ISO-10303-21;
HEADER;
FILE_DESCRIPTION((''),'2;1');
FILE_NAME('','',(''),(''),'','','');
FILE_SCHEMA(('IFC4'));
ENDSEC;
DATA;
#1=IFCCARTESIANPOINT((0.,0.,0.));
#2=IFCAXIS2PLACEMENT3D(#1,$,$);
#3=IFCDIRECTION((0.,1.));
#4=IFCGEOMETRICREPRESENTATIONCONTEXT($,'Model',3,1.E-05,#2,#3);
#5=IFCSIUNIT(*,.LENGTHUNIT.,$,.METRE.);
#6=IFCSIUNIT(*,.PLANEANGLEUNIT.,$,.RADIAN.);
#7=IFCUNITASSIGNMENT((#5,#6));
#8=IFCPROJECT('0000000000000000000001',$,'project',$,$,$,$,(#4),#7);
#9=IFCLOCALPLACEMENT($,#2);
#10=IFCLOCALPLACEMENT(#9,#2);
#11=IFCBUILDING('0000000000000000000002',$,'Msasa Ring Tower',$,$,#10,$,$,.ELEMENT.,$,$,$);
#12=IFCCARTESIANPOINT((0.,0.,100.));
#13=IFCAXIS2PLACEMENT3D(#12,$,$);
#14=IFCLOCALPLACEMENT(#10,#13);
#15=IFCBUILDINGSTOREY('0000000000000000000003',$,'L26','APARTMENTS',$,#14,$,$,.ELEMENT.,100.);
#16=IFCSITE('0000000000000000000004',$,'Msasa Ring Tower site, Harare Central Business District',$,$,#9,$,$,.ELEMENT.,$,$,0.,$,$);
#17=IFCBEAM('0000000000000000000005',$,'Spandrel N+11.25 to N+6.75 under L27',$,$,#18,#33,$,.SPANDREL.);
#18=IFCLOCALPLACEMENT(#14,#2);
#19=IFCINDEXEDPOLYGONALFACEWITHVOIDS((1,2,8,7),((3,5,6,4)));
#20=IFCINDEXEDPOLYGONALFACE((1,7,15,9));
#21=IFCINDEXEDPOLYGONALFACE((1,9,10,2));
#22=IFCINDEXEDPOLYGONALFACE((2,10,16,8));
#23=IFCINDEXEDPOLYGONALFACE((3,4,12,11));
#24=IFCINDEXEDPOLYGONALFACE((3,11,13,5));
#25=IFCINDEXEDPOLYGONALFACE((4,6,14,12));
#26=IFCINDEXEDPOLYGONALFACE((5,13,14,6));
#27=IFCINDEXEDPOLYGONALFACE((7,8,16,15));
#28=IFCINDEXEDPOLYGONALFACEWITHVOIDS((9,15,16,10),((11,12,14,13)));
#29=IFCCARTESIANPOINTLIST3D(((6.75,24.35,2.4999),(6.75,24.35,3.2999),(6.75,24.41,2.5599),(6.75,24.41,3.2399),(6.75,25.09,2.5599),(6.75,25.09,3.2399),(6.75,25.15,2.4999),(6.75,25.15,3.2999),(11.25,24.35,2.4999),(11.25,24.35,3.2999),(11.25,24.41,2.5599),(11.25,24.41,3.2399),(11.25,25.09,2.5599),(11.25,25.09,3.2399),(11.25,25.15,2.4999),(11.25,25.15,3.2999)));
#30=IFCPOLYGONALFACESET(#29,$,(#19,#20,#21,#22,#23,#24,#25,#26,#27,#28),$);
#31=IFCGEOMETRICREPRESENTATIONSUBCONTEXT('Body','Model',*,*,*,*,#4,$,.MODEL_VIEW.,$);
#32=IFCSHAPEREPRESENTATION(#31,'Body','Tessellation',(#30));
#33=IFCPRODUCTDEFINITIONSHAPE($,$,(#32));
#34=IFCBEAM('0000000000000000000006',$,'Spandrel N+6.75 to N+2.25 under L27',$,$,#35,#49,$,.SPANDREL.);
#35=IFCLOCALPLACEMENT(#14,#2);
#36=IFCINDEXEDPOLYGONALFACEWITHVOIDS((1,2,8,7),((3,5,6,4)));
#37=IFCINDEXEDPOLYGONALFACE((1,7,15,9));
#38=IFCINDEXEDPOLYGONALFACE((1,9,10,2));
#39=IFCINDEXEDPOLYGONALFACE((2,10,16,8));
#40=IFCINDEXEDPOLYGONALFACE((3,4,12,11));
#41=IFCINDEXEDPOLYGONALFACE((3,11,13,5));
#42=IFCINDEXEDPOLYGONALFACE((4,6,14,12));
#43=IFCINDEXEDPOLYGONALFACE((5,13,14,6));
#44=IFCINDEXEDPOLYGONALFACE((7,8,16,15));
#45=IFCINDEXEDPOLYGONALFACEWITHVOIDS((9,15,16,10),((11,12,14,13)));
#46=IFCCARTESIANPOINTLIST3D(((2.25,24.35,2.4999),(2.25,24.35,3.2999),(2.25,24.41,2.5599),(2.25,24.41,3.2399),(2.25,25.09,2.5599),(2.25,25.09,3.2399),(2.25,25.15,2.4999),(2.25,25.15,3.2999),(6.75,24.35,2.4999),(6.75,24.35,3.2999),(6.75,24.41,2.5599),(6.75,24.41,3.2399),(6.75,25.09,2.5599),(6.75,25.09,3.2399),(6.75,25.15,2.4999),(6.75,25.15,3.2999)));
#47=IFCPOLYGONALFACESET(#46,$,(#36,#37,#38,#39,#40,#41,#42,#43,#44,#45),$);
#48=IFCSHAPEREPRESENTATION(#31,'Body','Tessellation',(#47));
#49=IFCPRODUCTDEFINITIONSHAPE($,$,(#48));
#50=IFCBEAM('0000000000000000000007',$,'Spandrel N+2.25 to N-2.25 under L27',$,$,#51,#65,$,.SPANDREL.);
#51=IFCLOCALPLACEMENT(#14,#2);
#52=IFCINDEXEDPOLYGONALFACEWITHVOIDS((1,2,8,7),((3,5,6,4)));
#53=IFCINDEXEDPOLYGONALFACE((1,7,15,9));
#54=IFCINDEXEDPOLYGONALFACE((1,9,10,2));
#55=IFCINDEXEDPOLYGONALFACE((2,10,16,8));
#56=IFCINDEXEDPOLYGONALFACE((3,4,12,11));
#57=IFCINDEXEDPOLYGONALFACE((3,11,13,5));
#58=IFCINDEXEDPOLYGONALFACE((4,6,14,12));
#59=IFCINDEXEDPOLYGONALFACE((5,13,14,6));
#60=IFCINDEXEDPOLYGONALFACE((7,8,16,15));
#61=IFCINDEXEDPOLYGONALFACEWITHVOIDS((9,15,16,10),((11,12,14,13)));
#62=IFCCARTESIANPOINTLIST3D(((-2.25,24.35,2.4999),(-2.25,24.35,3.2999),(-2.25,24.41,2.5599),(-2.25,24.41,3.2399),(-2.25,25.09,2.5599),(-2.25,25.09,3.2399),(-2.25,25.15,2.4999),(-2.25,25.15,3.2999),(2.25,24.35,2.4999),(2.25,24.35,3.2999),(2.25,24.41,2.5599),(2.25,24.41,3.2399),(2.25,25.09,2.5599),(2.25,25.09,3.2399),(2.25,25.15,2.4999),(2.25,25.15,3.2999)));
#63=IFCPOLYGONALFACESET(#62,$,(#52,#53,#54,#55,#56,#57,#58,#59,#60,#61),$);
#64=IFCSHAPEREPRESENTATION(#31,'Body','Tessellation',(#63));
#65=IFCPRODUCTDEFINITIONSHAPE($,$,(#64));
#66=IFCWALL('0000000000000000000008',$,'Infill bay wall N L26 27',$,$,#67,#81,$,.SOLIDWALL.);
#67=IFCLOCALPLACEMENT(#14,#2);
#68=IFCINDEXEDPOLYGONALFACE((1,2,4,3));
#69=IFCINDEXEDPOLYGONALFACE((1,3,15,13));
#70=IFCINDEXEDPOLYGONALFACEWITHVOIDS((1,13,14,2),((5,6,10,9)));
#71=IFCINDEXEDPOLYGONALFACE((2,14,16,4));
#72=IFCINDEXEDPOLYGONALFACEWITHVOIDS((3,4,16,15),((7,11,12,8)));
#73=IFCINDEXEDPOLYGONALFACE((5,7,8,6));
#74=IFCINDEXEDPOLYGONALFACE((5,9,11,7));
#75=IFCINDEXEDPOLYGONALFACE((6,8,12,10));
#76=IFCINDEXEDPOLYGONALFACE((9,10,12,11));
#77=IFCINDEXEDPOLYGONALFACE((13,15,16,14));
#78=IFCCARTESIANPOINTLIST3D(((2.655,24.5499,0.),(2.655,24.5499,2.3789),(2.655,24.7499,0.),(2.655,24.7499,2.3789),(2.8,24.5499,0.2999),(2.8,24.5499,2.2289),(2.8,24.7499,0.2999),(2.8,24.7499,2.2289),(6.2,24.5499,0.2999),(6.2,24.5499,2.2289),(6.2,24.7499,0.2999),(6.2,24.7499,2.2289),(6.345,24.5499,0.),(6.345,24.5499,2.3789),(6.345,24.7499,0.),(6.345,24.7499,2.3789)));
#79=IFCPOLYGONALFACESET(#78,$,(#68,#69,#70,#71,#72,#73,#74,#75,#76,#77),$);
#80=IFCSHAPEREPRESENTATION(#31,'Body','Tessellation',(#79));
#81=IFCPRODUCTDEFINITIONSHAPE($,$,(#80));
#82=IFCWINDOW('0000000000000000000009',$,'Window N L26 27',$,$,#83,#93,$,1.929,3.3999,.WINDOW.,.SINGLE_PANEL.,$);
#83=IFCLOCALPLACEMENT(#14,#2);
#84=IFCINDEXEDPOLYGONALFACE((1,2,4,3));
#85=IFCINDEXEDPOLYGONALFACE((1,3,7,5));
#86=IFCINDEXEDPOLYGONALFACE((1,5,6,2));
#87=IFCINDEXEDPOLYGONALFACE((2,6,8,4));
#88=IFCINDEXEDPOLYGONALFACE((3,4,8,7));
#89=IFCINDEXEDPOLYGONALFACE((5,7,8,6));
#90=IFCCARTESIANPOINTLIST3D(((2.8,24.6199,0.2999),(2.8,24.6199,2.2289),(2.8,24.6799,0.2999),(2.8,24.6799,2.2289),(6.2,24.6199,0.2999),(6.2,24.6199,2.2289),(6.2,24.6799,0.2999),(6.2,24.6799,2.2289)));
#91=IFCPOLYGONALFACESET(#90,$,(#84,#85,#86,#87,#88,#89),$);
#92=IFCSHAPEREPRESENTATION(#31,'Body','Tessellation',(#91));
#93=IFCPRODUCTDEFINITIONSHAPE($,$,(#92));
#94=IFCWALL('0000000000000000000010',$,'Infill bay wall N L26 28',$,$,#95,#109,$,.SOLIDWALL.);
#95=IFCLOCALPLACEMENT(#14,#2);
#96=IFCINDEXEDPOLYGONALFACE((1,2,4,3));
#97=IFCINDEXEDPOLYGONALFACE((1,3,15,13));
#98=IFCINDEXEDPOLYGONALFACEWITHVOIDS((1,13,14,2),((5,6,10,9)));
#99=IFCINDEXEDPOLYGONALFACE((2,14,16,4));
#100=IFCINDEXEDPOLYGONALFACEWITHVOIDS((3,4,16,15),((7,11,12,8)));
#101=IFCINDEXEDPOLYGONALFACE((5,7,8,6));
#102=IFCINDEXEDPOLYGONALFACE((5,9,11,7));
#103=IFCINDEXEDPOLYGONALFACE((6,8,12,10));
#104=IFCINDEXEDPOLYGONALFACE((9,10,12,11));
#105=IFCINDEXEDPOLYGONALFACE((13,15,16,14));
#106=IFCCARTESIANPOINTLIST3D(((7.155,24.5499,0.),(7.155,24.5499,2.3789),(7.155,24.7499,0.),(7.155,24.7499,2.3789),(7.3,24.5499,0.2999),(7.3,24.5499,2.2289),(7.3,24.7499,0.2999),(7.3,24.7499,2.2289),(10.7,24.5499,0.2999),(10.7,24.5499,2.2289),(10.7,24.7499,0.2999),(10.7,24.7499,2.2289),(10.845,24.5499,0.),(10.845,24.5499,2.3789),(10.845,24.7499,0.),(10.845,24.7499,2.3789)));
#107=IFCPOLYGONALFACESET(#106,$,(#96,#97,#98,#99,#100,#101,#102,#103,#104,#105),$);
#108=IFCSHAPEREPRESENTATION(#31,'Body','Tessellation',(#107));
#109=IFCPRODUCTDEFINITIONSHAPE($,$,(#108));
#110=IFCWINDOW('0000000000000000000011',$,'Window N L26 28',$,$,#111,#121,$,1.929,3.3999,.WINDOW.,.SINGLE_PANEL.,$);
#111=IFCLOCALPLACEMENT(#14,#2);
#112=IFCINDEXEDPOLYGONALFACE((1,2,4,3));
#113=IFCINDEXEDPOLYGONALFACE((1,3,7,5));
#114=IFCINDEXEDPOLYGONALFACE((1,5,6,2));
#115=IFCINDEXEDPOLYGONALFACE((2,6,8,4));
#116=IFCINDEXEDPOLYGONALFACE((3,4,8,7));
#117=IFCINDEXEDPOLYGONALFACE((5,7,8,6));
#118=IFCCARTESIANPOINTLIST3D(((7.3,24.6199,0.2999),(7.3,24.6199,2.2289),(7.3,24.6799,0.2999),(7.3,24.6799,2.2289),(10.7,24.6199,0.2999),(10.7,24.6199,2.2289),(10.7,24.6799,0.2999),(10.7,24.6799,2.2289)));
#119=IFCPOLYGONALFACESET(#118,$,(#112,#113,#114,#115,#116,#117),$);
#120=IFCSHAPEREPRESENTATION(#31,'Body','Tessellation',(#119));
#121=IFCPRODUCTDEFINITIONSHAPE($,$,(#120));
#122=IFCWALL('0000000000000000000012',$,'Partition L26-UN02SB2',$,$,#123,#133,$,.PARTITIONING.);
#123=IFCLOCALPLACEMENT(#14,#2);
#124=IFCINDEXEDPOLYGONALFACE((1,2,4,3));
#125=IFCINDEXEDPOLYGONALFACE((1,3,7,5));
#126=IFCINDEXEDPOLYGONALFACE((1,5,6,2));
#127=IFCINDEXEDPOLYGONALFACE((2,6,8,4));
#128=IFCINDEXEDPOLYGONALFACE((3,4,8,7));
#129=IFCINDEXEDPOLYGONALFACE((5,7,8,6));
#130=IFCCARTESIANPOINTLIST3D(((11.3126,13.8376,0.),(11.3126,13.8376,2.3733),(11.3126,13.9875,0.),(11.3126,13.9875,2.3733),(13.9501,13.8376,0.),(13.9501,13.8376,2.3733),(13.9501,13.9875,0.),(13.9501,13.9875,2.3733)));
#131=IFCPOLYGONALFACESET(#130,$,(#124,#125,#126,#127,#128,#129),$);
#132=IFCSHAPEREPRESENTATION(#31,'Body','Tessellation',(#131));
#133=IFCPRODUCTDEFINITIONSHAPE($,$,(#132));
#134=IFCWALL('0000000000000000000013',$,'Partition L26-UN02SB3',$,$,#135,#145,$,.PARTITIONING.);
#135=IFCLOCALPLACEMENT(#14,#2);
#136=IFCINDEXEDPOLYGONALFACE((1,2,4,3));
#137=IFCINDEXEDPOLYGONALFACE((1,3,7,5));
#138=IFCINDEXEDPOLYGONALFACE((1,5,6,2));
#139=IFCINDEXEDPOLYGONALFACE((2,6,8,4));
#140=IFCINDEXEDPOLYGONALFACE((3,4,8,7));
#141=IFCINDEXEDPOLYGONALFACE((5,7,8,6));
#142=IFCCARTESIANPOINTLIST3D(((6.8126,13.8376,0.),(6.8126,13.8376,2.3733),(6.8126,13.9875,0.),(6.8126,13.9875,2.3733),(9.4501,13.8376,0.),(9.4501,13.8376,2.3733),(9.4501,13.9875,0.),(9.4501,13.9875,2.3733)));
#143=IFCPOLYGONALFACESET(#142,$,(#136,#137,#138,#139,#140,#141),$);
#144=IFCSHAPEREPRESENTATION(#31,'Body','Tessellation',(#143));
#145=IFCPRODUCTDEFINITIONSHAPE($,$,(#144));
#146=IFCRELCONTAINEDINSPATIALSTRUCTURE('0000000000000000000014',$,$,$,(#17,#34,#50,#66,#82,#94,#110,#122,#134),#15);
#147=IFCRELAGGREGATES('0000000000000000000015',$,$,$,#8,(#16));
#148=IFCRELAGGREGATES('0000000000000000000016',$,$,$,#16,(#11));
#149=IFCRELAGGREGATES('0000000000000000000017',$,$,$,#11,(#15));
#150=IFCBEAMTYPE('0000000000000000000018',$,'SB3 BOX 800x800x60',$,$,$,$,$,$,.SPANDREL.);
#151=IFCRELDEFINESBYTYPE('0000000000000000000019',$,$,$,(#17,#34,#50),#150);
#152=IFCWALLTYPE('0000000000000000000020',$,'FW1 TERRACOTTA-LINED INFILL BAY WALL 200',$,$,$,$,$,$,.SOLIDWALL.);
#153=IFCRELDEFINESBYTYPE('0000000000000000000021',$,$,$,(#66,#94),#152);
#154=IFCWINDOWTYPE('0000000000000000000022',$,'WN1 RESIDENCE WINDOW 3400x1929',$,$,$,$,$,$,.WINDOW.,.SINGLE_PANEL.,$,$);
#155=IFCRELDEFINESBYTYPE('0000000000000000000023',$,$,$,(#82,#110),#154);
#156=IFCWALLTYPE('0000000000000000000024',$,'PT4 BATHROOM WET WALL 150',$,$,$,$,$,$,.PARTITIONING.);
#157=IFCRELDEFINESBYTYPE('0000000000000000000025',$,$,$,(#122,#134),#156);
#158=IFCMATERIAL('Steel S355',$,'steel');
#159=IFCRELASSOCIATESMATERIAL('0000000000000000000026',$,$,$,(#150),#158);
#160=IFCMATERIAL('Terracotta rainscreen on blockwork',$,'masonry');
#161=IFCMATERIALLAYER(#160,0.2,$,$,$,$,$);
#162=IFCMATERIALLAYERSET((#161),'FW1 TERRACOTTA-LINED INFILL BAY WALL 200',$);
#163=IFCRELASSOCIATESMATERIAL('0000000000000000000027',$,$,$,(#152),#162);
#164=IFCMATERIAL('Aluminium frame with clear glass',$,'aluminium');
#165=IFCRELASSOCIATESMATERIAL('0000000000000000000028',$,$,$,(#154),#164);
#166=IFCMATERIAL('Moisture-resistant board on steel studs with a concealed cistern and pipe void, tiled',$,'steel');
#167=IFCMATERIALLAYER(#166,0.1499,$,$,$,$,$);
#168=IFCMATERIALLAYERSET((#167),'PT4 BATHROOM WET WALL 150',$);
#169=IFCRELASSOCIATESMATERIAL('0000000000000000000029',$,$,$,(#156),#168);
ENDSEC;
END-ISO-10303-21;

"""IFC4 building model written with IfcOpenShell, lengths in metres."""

from ifc_helpers import new_model, si_unit, direction, frame, frame_2d, origin, origin_2d, place, context, subcontext, project, spatial, rectangle, hollow_rectangle, extrude, material, layer, layer_set, material_profile, profile_set, type_object, element, fill, save


model = new_model("IFC4")

# Units and contexts
model_context = context("Model", 3, precision=1e-05, world=origin(), true_north=direction((0.0, 1.0)))
body_context = subcontext(model_context, "Body", "Model", "MODEL_VIEW")
ifc_project = project(units=[si_unit("LENGTHUNIT", "METRE"), si_unit("PLANEANGLEUNIT", "RADIAN")], contexts=[model_context])

# Site, building, storey
site_placement = place(None, origin())
site = spatial("IfcSite", under=ifc_project, at=site_placement, Name="Msasa Ring Tower site, Harare Central Business District", CompositionType="ELEMENT", RefElevation=0.0)
building_placement = place(site_placement, origin())
building = spatial("IfcBuilding", under=site, at=building_placement, Name="Msasa Ring Tower", CompositionType="ELEMENT")
storey_placement = place(building_placement, frame((0.0, 0.0, 100.0)))
storey = spatial("IfcBuildingStorey", under=building, at=storey_placement, Name="L26", Description="APARTMENTS", CompositionType="ELEMENT", Elevation=100.0)

# Beams
ifc_material_1 = material(Name="Steel S355", Category="steel")
ifc_material_profile_1 = material_profile(ifc_material_1, hollow_rectangle(XDim=0.8, YDim=0.8, WallThickness=0.0601, at=origin_2d()), Name="BOX 800x800x60")
ifc_profile_set_1 = profile_set([ifc_material_profile_1], Name="Steel S355")
beam_type_1 = type_object("IfcBeamType", Name="SB3 BOX 800x800x60", PredefinedType="SPANDREL", material=ifc_profile_set_1)
for number, where, z_axis, x_axis, name in (
    (1, (11.25, 24.75, 2.8999), (-1.0, 0.0, 0.0), (0.0, -1.0, 0.0), "Spandrel N+11.25 to N+6.75 under L27"),
    (2, (6.75, 24.75, 2.8999), (-1.0, 0.0, 0.0), (0.0, -1.0, 0.0), "Spandrel N+6.75 to N+2.25 under L27"),
    (3, (2.25, 24.75, 2.8999), (-1.0, 0.0, 0.0), (0.0, -1.0, 0.0), "Spandrel N+2.25 to N-2.25 under L27"),
):
    element("IfcBeam", number, at=place(storey_placement, frame(where, z_axis=z_axis, x_axis=x_axis)), inside=storey, type_object=beam_type_1, Name=name, PredefinedType="SPANDREL", context=body_context, shape_type="SweptSolid", body=[
        extrude(hollow_rectangle(XDim=0.8, YDim=0.8, WallThickness=0.0601, at=origin_2d()), origin(), (0.0, 0.0, 1.0), 4.5),
    ])

# Walls, openings, windows
ifc_material_2 = material(Name="Terracotta rainscreen on blockwork", Category="masonry")
ifc_layer_1 = layer(ifc_material_2, 0.2)
ifc_layer_set_1 = layer_set([ifc_layer_1], Name="FW1 TERRACOTTA-LINED INFILL BAY WALL 200")
wall_type_1 = type_object("IfcWallType", Name="FW1 TERRACOTTA-LINED INFILL BAY WALL 200", PredefinedType="SOLIDWALL", material=ifc_layer_set_1)
wall_1_placement = place(storey_placement, frame((2.655, 24.6499, 0.0), z_axis=(0.0, 0.0, 1.0), x_axis=(1.0, 0.0, 0.0)))
wall_1 = element("IfcWall", 4, at=wall_1_placement, inside=storey, type_object=wall_type_1, Name="Infill bay wall N L26 27", PredefinedType="SOLIDWALL", context=body_context, shape_type="SweptSolid", body=[
    extrude(rectangle(XDim=3.6899, YDim=0.2, at=frame_2d((1.845, 0.0))), origin(), (0.0, 0.0, 1.0), 2.3789),
])
opening_1_placement = place(wall_1_placement, frame((0.145, 0.0, 0.3)))
opening_1 = element("IfcOpeningElement", 5, at=opening_1_placement, cuts=wall_1, PredefinedType="OPENING", context=body_context, shape_type="SweptSolid", body=[
    extrude(rectangle(XDim=3.3999, YDim=1.929, at=frame_2d((1.7, 0.9644))), frame((0.0, 0.1099, 0.0), z_axis=(0.0, -1.0, 0.0), x_axis=(1.0, 0.0, 0.0)), (0.0, 0.0, 1.0), 0.22),
])
ifc_material_3 = material(Name="Aluminium frame with clear glass", Category="aluminium")
window_type = type_object("IfcWindowType", Name="WN1 RESIDENCE WINDOW 3400x1929", PartitioningType="SINGLE_PANEL", PredefinedType="WINDOW", material=ifc_material_3)
window_1_placement = place(opening_1_placement, origin())
window_1 = element("IfcWindow", 6, at=window_1_placement, inside=storey, type_object=window_type, Name="Window N L26 27", OverallHeight=1.929, OverallWidth=3.3999, PartitioningType="SINGLE_PANEL", PredefinedType="WINDOW", context=body_context, shape_type="SweptSolid", body=[
    extrude(rectangle(XDim=3.3999, YDim=1.929, at=frame_2d((1.7, 0.9644))), frame((0.0, 0.03, 0.0), z_axis=(0.0, -1.0, 0.0), x_axis=(1.0, 0.0, 0.0)), (0.0, 0.0, 1.0), 0.0601),
])
fill(opening_1, window_1)
wall_2_placement = place(storey_placement, frame((7.155, 24.6499, 0.0), z_axis=(0.0, 0.0, 1.0), x_axis=(1.0, 0.0, 0.0)))
wall_2 = element("IfcWall", 7, at=wall_2_placement, inside=storey, type_object=wall_type_1, Name="Infill bay wall N L26 28", PredefinedType="SOLIDWALL", context=body_context, shape_type="SweptSolid", body=[
    extrude(rectangle(XDim=3.6899, YDim=0.2, at=frame_2d((1.845, 0.0))), origin(), (0.0, 0.0, 1.0), 2.3789),
])
opening_2_placement = place(wall_2_placement, frame((0.145, 0.0, 0.3)))
opening_2 = element("IfcOpeningElement", 8, at=opening_2_placement, cuts=wall_2, PredefinedType="OPENING", context=body_context, shape_type="SweptSolid", body=[
    extrude(rectangle(XDim=3.3999, YDim=1.929, at=frame_2d((1.7, 0.9644))), frame((0.0, 0.1099, 0.0), z_axis=(0.0, -1.0, 0.0), x_axis=(1.0, 0.0, 0.0)), (0.0, 0.0, 1.0), 0.22),
])
window_2_placement = place(opening_2_placement, origin())
window_2 = element("IfcWindow", 9, at=window_2_placement, inside=storey, type_object=window_type, Name="Window N L26 28", OverallHeight=1.929, OverallWidth=3.3999, PartitioningType="SINGLE_PANEL", PredefinedType="WINDOW", context=body_context, shape_type="SweptSolid", body=[
    extrude(rectangle(XDim=3.3999, YDim=1.929, at=frame_2d((1.7, 0.9644))), frame((0.0, 0.03, 0.0), z_axis=(0.0, -1.0, 0.0), x_axis=(1.0, 0.0, 0.0)), (0.0, 0.0, 1.0), 0.0601),
])
fill(opening_2, window_2)

# Walls
ifc_material_4 = material(Name="Moisture-resistant board on steel studs with a concealed cistern and pipe void, tiled", Category="steel")
ifc_layer_2 = layer(ifc_material_4, 0.1499)
ifc_layer_set_2 = layer_set([ifc_layer_2], Name="PT4 BATHROOM WET WALL 150")
wall_type_2 = type_object("IfcWallType", Name="PT4 BATHROOM WET WALL 150", PredefinedType="PARTITIONING", material=ifc_layer_set_2)
for number, where, z_axis, x_axis, name in (
    (10, (11.3125, 13.9126, 0.0), (0.0, 0.0, 1.0), (1.0, 0.0, 0.0), "Partition L26-UN02SB2"),
    (11, (6.8125, 13.9126, 0.0), (0.0, 0.0, 1.0), (1.0, 0.0, 0.0), "Partition L26-UN02SB3"),
):
    element("IfcWall", number, at=place(storey_placement, frame(where, z_axis=z_axis, x_axis=x_axis)), inside=storey, type_object=wall_type_2, Name=name, PredefinedType="PARTITIONING", context=body_context, shape_type="SweptSolid", body=[
        extrude(rectangle(XDim=2.6375, YDim=0.1499, at=frame_2d((1.3188, 0.0))), origin(), (0.0, 0.0, 1.0), 2.3733),
    ])

save(model, "model.ifc")
